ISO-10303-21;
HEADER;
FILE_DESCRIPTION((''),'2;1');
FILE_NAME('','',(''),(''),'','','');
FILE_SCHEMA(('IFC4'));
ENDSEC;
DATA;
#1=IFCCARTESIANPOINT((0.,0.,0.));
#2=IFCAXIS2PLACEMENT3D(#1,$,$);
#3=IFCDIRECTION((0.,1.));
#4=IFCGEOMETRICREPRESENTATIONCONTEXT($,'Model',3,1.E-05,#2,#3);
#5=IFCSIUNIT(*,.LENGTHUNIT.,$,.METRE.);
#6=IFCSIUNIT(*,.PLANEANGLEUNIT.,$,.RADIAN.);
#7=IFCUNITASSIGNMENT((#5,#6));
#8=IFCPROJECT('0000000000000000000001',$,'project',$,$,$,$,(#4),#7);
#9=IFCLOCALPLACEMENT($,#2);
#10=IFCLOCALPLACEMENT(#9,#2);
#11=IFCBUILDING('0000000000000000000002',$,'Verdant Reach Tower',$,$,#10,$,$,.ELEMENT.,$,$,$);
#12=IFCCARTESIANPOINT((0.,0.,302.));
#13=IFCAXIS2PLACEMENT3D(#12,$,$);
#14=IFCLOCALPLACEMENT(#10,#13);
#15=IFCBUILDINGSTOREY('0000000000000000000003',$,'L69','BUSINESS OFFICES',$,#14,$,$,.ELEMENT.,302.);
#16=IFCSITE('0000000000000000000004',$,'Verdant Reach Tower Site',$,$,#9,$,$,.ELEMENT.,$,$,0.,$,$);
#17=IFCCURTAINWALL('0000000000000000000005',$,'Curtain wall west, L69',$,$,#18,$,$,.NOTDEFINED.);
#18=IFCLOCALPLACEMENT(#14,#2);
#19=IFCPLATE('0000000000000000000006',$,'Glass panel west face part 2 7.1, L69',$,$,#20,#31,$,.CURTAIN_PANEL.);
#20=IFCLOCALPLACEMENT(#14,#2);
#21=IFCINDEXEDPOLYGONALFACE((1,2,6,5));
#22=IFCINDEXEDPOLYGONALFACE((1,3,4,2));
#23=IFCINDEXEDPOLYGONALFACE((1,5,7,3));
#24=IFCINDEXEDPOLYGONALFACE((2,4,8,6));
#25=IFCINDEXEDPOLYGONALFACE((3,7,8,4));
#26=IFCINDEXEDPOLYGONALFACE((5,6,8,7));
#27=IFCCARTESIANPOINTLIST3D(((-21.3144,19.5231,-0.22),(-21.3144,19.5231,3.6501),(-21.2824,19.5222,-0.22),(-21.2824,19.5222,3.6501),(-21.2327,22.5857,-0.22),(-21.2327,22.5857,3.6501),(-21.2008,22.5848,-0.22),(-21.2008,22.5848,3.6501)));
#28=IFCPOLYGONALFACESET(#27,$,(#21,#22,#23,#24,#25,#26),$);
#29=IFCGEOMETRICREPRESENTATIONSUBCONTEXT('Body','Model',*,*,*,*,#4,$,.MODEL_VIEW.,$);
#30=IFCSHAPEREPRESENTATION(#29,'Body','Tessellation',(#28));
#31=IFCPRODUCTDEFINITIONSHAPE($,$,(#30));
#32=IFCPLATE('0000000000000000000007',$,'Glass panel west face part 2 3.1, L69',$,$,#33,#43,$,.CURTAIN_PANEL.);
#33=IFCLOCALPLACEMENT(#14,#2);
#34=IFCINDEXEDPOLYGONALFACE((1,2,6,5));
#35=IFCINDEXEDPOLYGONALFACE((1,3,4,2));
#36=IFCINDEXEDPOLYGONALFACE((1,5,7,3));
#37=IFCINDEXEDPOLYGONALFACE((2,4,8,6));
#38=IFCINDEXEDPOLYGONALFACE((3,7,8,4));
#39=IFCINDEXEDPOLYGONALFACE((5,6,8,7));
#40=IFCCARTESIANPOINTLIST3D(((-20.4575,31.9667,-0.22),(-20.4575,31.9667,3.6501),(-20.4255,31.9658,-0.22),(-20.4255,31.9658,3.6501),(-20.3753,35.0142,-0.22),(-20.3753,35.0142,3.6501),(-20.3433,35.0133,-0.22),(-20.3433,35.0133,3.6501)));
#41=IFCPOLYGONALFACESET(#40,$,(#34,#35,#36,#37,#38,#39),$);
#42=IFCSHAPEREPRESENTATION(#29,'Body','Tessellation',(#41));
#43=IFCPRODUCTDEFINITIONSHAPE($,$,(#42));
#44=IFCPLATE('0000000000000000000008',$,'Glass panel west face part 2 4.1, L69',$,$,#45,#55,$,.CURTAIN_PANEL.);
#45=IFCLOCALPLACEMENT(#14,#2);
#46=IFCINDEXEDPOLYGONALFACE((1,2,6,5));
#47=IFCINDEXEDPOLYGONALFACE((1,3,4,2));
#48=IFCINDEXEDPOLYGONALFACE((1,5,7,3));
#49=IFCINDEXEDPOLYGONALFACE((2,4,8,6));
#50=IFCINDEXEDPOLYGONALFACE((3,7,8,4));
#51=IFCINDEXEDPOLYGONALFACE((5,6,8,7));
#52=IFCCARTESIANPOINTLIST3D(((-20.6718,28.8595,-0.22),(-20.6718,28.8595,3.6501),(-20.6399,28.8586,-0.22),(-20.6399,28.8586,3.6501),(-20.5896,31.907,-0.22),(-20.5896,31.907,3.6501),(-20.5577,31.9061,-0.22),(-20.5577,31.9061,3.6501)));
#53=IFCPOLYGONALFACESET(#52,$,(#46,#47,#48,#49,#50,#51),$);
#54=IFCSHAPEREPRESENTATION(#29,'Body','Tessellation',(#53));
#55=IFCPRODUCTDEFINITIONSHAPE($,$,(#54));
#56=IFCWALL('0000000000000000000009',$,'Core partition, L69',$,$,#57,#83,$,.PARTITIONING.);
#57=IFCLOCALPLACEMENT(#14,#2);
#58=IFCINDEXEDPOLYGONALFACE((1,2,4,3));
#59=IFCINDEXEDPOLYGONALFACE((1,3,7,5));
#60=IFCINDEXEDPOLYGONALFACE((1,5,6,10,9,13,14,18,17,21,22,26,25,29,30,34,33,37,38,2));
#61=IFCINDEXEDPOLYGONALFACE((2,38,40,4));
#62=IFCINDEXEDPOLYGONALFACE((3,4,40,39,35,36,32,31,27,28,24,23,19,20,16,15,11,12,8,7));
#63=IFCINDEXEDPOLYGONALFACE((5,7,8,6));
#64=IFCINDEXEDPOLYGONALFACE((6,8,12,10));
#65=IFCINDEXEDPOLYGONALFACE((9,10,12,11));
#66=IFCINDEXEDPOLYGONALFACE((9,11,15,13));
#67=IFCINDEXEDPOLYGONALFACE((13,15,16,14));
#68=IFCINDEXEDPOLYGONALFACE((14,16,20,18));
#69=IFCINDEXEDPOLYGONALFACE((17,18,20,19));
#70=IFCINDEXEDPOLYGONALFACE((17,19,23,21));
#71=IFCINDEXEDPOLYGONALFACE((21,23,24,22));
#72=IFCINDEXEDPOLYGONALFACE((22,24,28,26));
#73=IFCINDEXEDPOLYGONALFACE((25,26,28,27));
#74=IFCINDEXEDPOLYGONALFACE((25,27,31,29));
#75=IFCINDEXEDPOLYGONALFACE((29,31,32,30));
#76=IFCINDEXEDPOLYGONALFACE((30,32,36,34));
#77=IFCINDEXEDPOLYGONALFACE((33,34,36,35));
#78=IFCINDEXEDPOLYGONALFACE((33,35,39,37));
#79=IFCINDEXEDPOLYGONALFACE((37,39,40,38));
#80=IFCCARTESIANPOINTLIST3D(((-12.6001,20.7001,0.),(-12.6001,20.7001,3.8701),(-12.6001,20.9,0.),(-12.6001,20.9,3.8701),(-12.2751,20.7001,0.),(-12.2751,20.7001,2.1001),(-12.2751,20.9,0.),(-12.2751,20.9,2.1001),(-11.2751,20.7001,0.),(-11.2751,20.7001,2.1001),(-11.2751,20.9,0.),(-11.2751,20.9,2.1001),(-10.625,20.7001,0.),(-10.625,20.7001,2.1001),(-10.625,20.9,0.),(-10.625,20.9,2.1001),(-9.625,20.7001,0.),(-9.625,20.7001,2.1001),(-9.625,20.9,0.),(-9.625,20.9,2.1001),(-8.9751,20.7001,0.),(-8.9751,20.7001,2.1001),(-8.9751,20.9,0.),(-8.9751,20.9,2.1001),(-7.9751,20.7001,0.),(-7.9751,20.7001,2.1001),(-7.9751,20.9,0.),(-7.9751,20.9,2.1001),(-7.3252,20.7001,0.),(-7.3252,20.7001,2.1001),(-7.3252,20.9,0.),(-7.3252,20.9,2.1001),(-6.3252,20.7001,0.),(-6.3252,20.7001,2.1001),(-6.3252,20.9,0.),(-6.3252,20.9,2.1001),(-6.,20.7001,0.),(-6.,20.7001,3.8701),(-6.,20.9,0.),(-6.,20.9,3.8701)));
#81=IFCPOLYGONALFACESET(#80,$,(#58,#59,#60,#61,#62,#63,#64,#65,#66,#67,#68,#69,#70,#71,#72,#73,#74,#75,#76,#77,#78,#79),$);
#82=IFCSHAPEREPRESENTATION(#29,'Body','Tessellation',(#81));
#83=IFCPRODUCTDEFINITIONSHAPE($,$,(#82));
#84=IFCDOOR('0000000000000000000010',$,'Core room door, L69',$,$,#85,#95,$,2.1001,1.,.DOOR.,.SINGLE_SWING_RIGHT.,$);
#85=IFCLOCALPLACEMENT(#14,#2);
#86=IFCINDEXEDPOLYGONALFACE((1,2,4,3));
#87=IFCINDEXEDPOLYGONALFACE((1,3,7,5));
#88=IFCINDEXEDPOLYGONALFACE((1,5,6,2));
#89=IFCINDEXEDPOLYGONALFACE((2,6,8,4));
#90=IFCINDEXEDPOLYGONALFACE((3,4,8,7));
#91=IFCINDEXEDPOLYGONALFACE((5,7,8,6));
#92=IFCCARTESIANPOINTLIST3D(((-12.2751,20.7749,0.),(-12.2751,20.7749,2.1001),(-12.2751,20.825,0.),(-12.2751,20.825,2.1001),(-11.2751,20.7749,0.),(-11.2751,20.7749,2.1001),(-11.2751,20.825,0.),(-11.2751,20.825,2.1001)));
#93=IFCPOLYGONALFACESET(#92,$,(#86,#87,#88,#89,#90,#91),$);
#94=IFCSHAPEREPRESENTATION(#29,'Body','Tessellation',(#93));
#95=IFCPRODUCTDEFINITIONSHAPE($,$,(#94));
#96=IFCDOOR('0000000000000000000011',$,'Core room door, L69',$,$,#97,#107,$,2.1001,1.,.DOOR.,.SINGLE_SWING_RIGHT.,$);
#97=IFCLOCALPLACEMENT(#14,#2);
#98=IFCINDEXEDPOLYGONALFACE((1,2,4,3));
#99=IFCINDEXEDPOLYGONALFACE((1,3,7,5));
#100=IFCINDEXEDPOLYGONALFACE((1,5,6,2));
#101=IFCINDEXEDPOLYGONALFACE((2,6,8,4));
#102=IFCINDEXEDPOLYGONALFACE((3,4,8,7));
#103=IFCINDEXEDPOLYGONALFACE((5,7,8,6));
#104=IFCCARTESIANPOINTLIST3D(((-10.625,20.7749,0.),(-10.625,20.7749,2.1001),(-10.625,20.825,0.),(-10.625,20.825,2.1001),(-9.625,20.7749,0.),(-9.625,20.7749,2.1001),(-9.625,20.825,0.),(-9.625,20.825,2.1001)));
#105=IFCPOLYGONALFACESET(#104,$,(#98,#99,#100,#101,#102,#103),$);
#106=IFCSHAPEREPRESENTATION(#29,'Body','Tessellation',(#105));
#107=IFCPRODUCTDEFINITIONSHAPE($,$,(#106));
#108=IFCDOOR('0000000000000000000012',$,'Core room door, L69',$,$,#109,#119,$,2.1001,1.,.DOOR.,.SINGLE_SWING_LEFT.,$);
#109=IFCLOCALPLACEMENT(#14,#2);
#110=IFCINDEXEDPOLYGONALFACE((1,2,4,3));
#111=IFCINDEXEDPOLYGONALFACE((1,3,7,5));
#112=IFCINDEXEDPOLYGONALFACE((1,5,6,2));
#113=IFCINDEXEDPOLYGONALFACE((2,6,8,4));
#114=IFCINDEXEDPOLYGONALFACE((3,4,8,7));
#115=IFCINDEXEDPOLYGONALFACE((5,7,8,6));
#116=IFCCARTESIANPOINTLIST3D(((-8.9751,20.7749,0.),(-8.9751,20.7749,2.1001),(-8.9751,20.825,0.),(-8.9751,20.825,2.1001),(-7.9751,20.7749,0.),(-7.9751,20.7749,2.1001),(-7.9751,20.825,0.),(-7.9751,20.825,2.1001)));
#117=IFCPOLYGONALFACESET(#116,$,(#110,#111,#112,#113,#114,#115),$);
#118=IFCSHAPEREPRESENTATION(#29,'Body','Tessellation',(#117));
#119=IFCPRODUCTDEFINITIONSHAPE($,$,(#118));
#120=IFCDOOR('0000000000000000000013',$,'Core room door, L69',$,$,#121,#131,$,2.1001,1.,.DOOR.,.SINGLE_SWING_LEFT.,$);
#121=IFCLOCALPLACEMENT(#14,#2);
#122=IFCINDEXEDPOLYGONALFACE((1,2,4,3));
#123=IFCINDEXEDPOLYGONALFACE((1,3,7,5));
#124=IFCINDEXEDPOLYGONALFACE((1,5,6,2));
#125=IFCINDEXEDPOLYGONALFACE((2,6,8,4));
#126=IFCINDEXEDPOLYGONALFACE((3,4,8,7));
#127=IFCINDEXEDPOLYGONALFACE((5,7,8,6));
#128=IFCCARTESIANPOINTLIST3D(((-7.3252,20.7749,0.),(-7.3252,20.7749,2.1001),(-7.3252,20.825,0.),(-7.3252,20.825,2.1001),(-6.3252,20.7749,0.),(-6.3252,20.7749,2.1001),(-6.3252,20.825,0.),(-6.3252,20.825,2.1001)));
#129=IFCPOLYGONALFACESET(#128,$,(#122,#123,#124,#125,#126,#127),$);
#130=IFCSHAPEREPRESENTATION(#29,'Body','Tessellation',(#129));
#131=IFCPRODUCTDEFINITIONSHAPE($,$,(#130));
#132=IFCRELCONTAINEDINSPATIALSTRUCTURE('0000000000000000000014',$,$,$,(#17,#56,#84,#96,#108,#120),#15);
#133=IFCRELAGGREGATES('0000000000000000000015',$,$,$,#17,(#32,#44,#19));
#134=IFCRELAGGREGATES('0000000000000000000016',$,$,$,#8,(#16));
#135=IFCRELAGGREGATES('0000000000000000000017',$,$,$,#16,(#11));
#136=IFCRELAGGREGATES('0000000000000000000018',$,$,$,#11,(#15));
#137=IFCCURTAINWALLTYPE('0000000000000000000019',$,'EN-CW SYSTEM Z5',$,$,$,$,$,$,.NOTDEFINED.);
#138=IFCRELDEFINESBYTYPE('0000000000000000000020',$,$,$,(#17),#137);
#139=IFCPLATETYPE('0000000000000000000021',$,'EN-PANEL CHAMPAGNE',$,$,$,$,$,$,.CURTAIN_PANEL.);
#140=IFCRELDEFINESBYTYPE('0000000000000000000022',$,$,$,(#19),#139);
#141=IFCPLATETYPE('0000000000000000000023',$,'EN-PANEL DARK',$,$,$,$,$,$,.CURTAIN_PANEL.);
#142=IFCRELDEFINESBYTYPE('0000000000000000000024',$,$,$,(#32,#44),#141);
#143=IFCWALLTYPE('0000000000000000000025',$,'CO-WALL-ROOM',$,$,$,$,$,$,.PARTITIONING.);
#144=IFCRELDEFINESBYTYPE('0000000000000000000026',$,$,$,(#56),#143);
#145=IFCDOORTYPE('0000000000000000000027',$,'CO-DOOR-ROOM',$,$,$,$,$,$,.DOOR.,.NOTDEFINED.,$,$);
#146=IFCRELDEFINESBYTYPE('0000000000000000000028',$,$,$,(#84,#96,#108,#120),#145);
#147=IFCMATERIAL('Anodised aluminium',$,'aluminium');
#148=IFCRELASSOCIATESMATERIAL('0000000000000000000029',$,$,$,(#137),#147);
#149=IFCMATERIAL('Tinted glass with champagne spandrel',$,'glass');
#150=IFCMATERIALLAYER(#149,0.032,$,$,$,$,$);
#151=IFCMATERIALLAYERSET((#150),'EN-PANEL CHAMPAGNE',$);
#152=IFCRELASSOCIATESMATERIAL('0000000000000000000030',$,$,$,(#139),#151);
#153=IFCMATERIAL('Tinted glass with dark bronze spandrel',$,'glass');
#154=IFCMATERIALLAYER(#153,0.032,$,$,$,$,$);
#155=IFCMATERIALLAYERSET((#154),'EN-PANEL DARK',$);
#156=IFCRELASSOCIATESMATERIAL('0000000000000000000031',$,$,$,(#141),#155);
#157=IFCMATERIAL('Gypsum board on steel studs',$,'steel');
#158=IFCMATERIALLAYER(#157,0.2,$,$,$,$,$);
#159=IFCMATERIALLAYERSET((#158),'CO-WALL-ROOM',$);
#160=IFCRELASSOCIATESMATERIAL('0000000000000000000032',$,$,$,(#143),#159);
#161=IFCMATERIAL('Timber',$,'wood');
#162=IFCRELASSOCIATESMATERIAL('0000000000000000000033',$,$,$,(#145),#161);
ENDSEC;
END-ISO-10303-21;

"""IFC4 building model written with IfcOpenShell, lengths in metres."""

from ifc_helpers import new_model, si_unit, direction, frame, frame_2d, origin, origin_2d, place, context, subcontext, project, spatial, rectangle, extrude, material, layer, layer_set, type_object, element, fill, aggregate, save


model = new_model("IFC4")

# Units and contexts
model_context = context("Model", 3, precision=1e-05, world=origin(), true_north=direction((0.0, 1.0)))
body_context = subcontext(model_context, "Body", "Model", "MODEL_VIEW")
ifc_project = project(units=[si_unit("LENGTHUNIT", "METRE"), si_unit("PLANEANGLEUNIT", "RADIAN")], contexts=[model_context])

# Site, building, storey
site_placement = place(None, origin())
site = spatial("IfcSite", under=ifc_project, at=site_placement, Name="Verdant Reach Tower Site", CompositionType="ELEMENT", RefElevation=0.0)
building_placement = place(site_placement, origin())
building = spatial("IfcBuilding", under=site, at=building_placement, Name="Verdant Reach Tower", CompositionType="ELEMENT")
storey_placement = place(building_placement, frame((0.0, 0.0, 302.0)))
storey = spatial("IfcBuildingStorey", under=building, at=storey_placement, Name="L69", Description="BUSINESS OFFICES", CompositionType="ELEMENT", Elevation=302.0)

# Curtain wall
ifc_material_1 = material(Name="Anodised aluminium", Category="aluminium")
curtain_wall_type = type_object("IfcCurtainWallType", Name="EN-CW SYSTEM Z5", PredefinedType="NOTDEFINED", material=ifc_material_1)
curtain_wall_placement = place(storey_placement, origin())
curtain_wall = element("IfcCurtainWall", 1, at=curtain_wall_placement, inside=storey, type_object=curtain_wall_type, Name="Curtain wall west, L69", PredefinedType="NOTDEFINED")

# Plates
ifc_material_2 = material(Name="Tinted glass with champagne spandrel", Category="glass")
ifc_layer_1 = layer(ifc_material_2, 0.032)
ifc_layer_set_1 = layer_set([ifc_layer_1], Name="EN-PANEL CHAMPAGNE")
plate_type_1 = type_object("IfcPlateType", Name="EN-PANEL CHAMPAGNE", PredefinedType="CURTAIN_PANEL", material=ifc_layer_set_1)
plate_1_placement = place(storey_placement, frame((-21.2576, 21.054, -0.22), z_axis=(0.0, 0.0, 1.0), x_axis=(-0.026643, -0.999645, 0.0)))
plate_1 = element("IfcPlate", 2, at=plate_1_placement, type_object=plate_type_1, Name="Glass panel west face part 2 7.1, L69", PredefinedType="CURTAIN_PANEL", context=body_context, shape_type="SweptSolid", body=[
    extrude(rectangle(XDim=3.0637, YDim=0.032, at=origin_2d()), origin(), (0.0, 0.0, 1.0), 3.8701),
])
ifc_material_3 = material(Name="Tinted glass with dark bronze spandrel", Category="glass")
ifc_layer_2 = layer(ifc_material_3, 0.032)
ifc_layer_set_2 = layer_set([ifc_layer_2], Name="EN-PANEL DARK")
plate_type_2 = type_object("IfcPlateType", Name="EN-PANEL DARK", PredefinedType="CURTAIN_PANEL", material=ifc_layer_set_2)
plate_2_placement = place(storey_placement, frame((-20.4004, 33.49, -0.22), z_axis=(0.0, 0.0, 1.0), x_axis=(-0.026965, -0.999636, 0.0)))
plate_2 = element("IfcPlate", 3, at=plate_2_placement, type_object=plate_type_2, Name="Glass panel west face part 2 3.1, L69", PredefinedType="CURTAIN_PANEL", context=body_context, shape_type="SweptSolid", body=[
    extrude(rectangle(XDim=3.0486, YDim=0.032, at=origin_2d()), origin(), (0.0, 0.0, 1.0), 3.8701),
])
plate_3_placement = place(storey_placement, frame((-20.6147, 30.3828, -0.22), z_axis=(0.0, 0.0, 1.0), x_axis=(-0.026965, -0.999636, 0.0)))
plate_3 = element("IfcPlate", 4, at=plate_3_placement, type_object=plate_type_2, Name="Glass panel west face part 2 4.1, L69", PredefinedType="CURTAIN_PANEL", context=body_context, shape_type="SweptSolid", body=[
    extrude(rectangle(XDim=3.0486, YDim=0.032, at=origin_2d()), origin(), (0.0, 0.0, 1.0), 3.8701),
])
aggregate(curtain_wall, [plate_2, plate_3, plate_1])

# Wall, openings, doors
ifc_material_4 = material(Name="Gypsum board on steel studs", Category="steel")
ifc_layer_3 = layer(ifc_material_4, 0.2)
ifc_layer_set_3 = layer_set([ifc_layer_3], Name="CO-WALL-ROOM")
wall_type_1 = type_object("IfcWallType", Name="CO-WALL-ROOM", PredefinedType="PARTITIONING", material=ifc_layer_set_3)
wall_1_placement = place(storey_placement, frame((-12.6001, 20.8, 0.0), z_axis=(0.0, 0.0, 1.0), x_axis=(1.0, 0.0, 0.0)))
wall_1 = element("IfcWall", 5, at=wall_1_placement, inside=storey, type_object=wall_type_1, Name="Core partition, L69", PredefinedType="PARTITIONING", context=body_context, shape_type="SweptSolid", body=[
    extrude(rectangle(XDim=6.6001, YDim=0.2, at=frame_2d((3.3, 0.0))), origin(), (0.0, 0.0, 1.0), 3.8701),
])
opening_1_placement = place(wall_1_placement, frame((0.325, 0.0, 0.0)))
opening_1 = element("IfcOpeningElement", 6, at=opening_1_placement, cuts=wall_1, PredefinedType="OPENING", context=body_context, shape_type="SweptSolid", body=[
    extrude(rectangle(XDim=1.0, YDim=2.1001, at=frame_2d((0.5, 1.05))), frame((0.0, 0.1099, 0.0), z_axis=(0.0, -1.0, 0.0), x_axis=(1.0, 0.0, 0.0)), (0.0, 0.0, 1.0), 0.22),
])
opening_2_placement = place(wall_1_placement, frame((1.9751, 0.0, 0.0)))
opening_2 = element("IfcOpeningElement", 7, at=opening_2_placement, cuts=wall_1, PredefinedType="OPENING", context=body_context, shape_type="SweptSolid", body=[
    extrude(rectangle(XDim=1.0, YDim=2.1001, at=frame_2d((0.5, 1.05))), frame((0.0, 0.1099, 0.0), z_axis=(0.0, -1.0, 0.0), x_axis=(1.0, 0.0, 0.0)), (0.0, 0.0, 1.0), 0.22),
])
opening_3_placement = place(wall_1_placement, frame((3.625, 0.0, 0.0)))
opening_3 = element("IfcOpeningElement", 8, at=opening_3_placement, cuts=wall_1, PredefinedType="OPENING", context=body_context, shape_type="SweptSolid", body=[
    extrude(rectangle(XDim=1.0, YDim=2.1001, at=frame_2d((0.5, 1.05))), frame((0.0, 0.1099, 0.0), z_axis=(0.0, -1.0, 0.0), x_axis=(1.0, 0.0, 0.0)), (0.0, 0.0, 1.0), 0.22),
])
opening_4_placement = place(wall_1_placement, frame((5.2749, 0.0, 0.0)))
opening_4 = element("IfcOpeningElement", 9, at=opening_4_placement, cuts=wall_1, PredefinedType="OPENING", context=body_context, shape_type="SweptSolid", body=[
    extrude(rectangle(XDim=1.0, YDim=2.1001, at=frame_2d((0.5, 1.05))), frame((0.0, 0.1099, 0.0), z_axis=(0.0, -1.0, 0.0), x_axis=(1.0, 0.0, 0.0)), (0.0, 0.0, 1.0), 0.22),
])
ifc_material_5 = material(Name="Timber", Category="wood")
door_type_1 = type_object("IfcDoorType", Name="CO-DOOR-ROOM", OperationType="NOTDEFINED", PredefinedType="DOOR", material=ifc_material_5)
door_1_placement = place(opening_1_placement, origin())
door_1 = element("IfcDoor", 10, at=door_1_placement, inside=storey, type_object=door_type_1, Name="Core room door, L69", OperationType="SINGLE_SWING_RIGHT", OverallHeight=2.1001, OverallWidth=1.0, PredefinedType="DOOR", context=body_context, shape_type="SweptSolid", body=[
    extrude(rectangle(XDim=1.0, YDim=2.1001, at=frame_2d((0.5, 1.05))), frame((0.0, 0.0249, 0.0), z_axis=(0.0, -1.0, 0.0), x_axis=(1.0, 0.0, 0.0)), (0.0, 0.0, 1.0), 0.05),
])
fill(opening_1, door_1)
door_2_placement = place(opening_2_placement, origin())
door_2 = element("IfcDoor", 11, at=door_2_placement, inside=storey, type_object=door_type_1, Name="Core room door, L69", OperationType="SINGLE_SWING_RIGHT", OverallHeight=2.1001, OverallWidth=1.0, PredefinedType="DOOR", context=body_context, shape_type="SweptSolid", body=[
    extrude(rectangle(XDim=1.0, YDim=2.1001, at=frame_2d((0.5, 1.05))), frame((0.0, 0.0249, 0.0), z_axis=(0.0, -1.0, 0.0), x_axis=(1.0, 0.0, 0.0)), (0.0, 0.0, 1.0), 0.05),
])
fill(opening_2, door_2)
door_3_placement = place(opening_3_placement, origin())
door_3 = element("IfcDoor", 12, at=door_3_placement, inside=storey, type_object=door_type_1, Name="Core room door, L69", OperationType="SINGLE_SWING_LEFT", OverallHeight=2.1001, OverallWidth=1.0, PredefinedType="DOOR", context=body_context, shape_type="SweptSolid", body=[
    extrude(rectangle(XDim=1.0, YDim=2.1001, at=frame_2d((0.5, 1.05))), frame((0.0, 0.0249, 0.0), z_axis=(0.0, -1.0, 0.0), x_axis=(1.0, 0.0, 0.0)), (0.0, 0.0, 1.0), 0.05),
])
fill(opening_3, door_3)
door_4_placement = place(opening_4_placement, origin())
door_4 = element("IfcDoor", 13, at=door_4_placement, inside=storey, type_object=door_type_1, Name="Core room door, L69", OperationType="SINGLE_SWING_LEFT", OverallHeight=2.1001, OverallWidth=1.0, PredefinedType="DOOR", context=body_context, shape_type="SweptSolid", body=[
    extrude(rectangle(XDim=1.0, YDim=2.1001, at=frame_2d((0.5, 1.05))), frame((0.0, 0.0249, 0.0), z_axis=(0.0, -1.0, 0.0), x_axis=(1.0, 0.0, 0.0)), (0.0, 0.0, 1.0), 0.05),
])
fill(opening_4, door_4)

save(model, "model.ifc")
